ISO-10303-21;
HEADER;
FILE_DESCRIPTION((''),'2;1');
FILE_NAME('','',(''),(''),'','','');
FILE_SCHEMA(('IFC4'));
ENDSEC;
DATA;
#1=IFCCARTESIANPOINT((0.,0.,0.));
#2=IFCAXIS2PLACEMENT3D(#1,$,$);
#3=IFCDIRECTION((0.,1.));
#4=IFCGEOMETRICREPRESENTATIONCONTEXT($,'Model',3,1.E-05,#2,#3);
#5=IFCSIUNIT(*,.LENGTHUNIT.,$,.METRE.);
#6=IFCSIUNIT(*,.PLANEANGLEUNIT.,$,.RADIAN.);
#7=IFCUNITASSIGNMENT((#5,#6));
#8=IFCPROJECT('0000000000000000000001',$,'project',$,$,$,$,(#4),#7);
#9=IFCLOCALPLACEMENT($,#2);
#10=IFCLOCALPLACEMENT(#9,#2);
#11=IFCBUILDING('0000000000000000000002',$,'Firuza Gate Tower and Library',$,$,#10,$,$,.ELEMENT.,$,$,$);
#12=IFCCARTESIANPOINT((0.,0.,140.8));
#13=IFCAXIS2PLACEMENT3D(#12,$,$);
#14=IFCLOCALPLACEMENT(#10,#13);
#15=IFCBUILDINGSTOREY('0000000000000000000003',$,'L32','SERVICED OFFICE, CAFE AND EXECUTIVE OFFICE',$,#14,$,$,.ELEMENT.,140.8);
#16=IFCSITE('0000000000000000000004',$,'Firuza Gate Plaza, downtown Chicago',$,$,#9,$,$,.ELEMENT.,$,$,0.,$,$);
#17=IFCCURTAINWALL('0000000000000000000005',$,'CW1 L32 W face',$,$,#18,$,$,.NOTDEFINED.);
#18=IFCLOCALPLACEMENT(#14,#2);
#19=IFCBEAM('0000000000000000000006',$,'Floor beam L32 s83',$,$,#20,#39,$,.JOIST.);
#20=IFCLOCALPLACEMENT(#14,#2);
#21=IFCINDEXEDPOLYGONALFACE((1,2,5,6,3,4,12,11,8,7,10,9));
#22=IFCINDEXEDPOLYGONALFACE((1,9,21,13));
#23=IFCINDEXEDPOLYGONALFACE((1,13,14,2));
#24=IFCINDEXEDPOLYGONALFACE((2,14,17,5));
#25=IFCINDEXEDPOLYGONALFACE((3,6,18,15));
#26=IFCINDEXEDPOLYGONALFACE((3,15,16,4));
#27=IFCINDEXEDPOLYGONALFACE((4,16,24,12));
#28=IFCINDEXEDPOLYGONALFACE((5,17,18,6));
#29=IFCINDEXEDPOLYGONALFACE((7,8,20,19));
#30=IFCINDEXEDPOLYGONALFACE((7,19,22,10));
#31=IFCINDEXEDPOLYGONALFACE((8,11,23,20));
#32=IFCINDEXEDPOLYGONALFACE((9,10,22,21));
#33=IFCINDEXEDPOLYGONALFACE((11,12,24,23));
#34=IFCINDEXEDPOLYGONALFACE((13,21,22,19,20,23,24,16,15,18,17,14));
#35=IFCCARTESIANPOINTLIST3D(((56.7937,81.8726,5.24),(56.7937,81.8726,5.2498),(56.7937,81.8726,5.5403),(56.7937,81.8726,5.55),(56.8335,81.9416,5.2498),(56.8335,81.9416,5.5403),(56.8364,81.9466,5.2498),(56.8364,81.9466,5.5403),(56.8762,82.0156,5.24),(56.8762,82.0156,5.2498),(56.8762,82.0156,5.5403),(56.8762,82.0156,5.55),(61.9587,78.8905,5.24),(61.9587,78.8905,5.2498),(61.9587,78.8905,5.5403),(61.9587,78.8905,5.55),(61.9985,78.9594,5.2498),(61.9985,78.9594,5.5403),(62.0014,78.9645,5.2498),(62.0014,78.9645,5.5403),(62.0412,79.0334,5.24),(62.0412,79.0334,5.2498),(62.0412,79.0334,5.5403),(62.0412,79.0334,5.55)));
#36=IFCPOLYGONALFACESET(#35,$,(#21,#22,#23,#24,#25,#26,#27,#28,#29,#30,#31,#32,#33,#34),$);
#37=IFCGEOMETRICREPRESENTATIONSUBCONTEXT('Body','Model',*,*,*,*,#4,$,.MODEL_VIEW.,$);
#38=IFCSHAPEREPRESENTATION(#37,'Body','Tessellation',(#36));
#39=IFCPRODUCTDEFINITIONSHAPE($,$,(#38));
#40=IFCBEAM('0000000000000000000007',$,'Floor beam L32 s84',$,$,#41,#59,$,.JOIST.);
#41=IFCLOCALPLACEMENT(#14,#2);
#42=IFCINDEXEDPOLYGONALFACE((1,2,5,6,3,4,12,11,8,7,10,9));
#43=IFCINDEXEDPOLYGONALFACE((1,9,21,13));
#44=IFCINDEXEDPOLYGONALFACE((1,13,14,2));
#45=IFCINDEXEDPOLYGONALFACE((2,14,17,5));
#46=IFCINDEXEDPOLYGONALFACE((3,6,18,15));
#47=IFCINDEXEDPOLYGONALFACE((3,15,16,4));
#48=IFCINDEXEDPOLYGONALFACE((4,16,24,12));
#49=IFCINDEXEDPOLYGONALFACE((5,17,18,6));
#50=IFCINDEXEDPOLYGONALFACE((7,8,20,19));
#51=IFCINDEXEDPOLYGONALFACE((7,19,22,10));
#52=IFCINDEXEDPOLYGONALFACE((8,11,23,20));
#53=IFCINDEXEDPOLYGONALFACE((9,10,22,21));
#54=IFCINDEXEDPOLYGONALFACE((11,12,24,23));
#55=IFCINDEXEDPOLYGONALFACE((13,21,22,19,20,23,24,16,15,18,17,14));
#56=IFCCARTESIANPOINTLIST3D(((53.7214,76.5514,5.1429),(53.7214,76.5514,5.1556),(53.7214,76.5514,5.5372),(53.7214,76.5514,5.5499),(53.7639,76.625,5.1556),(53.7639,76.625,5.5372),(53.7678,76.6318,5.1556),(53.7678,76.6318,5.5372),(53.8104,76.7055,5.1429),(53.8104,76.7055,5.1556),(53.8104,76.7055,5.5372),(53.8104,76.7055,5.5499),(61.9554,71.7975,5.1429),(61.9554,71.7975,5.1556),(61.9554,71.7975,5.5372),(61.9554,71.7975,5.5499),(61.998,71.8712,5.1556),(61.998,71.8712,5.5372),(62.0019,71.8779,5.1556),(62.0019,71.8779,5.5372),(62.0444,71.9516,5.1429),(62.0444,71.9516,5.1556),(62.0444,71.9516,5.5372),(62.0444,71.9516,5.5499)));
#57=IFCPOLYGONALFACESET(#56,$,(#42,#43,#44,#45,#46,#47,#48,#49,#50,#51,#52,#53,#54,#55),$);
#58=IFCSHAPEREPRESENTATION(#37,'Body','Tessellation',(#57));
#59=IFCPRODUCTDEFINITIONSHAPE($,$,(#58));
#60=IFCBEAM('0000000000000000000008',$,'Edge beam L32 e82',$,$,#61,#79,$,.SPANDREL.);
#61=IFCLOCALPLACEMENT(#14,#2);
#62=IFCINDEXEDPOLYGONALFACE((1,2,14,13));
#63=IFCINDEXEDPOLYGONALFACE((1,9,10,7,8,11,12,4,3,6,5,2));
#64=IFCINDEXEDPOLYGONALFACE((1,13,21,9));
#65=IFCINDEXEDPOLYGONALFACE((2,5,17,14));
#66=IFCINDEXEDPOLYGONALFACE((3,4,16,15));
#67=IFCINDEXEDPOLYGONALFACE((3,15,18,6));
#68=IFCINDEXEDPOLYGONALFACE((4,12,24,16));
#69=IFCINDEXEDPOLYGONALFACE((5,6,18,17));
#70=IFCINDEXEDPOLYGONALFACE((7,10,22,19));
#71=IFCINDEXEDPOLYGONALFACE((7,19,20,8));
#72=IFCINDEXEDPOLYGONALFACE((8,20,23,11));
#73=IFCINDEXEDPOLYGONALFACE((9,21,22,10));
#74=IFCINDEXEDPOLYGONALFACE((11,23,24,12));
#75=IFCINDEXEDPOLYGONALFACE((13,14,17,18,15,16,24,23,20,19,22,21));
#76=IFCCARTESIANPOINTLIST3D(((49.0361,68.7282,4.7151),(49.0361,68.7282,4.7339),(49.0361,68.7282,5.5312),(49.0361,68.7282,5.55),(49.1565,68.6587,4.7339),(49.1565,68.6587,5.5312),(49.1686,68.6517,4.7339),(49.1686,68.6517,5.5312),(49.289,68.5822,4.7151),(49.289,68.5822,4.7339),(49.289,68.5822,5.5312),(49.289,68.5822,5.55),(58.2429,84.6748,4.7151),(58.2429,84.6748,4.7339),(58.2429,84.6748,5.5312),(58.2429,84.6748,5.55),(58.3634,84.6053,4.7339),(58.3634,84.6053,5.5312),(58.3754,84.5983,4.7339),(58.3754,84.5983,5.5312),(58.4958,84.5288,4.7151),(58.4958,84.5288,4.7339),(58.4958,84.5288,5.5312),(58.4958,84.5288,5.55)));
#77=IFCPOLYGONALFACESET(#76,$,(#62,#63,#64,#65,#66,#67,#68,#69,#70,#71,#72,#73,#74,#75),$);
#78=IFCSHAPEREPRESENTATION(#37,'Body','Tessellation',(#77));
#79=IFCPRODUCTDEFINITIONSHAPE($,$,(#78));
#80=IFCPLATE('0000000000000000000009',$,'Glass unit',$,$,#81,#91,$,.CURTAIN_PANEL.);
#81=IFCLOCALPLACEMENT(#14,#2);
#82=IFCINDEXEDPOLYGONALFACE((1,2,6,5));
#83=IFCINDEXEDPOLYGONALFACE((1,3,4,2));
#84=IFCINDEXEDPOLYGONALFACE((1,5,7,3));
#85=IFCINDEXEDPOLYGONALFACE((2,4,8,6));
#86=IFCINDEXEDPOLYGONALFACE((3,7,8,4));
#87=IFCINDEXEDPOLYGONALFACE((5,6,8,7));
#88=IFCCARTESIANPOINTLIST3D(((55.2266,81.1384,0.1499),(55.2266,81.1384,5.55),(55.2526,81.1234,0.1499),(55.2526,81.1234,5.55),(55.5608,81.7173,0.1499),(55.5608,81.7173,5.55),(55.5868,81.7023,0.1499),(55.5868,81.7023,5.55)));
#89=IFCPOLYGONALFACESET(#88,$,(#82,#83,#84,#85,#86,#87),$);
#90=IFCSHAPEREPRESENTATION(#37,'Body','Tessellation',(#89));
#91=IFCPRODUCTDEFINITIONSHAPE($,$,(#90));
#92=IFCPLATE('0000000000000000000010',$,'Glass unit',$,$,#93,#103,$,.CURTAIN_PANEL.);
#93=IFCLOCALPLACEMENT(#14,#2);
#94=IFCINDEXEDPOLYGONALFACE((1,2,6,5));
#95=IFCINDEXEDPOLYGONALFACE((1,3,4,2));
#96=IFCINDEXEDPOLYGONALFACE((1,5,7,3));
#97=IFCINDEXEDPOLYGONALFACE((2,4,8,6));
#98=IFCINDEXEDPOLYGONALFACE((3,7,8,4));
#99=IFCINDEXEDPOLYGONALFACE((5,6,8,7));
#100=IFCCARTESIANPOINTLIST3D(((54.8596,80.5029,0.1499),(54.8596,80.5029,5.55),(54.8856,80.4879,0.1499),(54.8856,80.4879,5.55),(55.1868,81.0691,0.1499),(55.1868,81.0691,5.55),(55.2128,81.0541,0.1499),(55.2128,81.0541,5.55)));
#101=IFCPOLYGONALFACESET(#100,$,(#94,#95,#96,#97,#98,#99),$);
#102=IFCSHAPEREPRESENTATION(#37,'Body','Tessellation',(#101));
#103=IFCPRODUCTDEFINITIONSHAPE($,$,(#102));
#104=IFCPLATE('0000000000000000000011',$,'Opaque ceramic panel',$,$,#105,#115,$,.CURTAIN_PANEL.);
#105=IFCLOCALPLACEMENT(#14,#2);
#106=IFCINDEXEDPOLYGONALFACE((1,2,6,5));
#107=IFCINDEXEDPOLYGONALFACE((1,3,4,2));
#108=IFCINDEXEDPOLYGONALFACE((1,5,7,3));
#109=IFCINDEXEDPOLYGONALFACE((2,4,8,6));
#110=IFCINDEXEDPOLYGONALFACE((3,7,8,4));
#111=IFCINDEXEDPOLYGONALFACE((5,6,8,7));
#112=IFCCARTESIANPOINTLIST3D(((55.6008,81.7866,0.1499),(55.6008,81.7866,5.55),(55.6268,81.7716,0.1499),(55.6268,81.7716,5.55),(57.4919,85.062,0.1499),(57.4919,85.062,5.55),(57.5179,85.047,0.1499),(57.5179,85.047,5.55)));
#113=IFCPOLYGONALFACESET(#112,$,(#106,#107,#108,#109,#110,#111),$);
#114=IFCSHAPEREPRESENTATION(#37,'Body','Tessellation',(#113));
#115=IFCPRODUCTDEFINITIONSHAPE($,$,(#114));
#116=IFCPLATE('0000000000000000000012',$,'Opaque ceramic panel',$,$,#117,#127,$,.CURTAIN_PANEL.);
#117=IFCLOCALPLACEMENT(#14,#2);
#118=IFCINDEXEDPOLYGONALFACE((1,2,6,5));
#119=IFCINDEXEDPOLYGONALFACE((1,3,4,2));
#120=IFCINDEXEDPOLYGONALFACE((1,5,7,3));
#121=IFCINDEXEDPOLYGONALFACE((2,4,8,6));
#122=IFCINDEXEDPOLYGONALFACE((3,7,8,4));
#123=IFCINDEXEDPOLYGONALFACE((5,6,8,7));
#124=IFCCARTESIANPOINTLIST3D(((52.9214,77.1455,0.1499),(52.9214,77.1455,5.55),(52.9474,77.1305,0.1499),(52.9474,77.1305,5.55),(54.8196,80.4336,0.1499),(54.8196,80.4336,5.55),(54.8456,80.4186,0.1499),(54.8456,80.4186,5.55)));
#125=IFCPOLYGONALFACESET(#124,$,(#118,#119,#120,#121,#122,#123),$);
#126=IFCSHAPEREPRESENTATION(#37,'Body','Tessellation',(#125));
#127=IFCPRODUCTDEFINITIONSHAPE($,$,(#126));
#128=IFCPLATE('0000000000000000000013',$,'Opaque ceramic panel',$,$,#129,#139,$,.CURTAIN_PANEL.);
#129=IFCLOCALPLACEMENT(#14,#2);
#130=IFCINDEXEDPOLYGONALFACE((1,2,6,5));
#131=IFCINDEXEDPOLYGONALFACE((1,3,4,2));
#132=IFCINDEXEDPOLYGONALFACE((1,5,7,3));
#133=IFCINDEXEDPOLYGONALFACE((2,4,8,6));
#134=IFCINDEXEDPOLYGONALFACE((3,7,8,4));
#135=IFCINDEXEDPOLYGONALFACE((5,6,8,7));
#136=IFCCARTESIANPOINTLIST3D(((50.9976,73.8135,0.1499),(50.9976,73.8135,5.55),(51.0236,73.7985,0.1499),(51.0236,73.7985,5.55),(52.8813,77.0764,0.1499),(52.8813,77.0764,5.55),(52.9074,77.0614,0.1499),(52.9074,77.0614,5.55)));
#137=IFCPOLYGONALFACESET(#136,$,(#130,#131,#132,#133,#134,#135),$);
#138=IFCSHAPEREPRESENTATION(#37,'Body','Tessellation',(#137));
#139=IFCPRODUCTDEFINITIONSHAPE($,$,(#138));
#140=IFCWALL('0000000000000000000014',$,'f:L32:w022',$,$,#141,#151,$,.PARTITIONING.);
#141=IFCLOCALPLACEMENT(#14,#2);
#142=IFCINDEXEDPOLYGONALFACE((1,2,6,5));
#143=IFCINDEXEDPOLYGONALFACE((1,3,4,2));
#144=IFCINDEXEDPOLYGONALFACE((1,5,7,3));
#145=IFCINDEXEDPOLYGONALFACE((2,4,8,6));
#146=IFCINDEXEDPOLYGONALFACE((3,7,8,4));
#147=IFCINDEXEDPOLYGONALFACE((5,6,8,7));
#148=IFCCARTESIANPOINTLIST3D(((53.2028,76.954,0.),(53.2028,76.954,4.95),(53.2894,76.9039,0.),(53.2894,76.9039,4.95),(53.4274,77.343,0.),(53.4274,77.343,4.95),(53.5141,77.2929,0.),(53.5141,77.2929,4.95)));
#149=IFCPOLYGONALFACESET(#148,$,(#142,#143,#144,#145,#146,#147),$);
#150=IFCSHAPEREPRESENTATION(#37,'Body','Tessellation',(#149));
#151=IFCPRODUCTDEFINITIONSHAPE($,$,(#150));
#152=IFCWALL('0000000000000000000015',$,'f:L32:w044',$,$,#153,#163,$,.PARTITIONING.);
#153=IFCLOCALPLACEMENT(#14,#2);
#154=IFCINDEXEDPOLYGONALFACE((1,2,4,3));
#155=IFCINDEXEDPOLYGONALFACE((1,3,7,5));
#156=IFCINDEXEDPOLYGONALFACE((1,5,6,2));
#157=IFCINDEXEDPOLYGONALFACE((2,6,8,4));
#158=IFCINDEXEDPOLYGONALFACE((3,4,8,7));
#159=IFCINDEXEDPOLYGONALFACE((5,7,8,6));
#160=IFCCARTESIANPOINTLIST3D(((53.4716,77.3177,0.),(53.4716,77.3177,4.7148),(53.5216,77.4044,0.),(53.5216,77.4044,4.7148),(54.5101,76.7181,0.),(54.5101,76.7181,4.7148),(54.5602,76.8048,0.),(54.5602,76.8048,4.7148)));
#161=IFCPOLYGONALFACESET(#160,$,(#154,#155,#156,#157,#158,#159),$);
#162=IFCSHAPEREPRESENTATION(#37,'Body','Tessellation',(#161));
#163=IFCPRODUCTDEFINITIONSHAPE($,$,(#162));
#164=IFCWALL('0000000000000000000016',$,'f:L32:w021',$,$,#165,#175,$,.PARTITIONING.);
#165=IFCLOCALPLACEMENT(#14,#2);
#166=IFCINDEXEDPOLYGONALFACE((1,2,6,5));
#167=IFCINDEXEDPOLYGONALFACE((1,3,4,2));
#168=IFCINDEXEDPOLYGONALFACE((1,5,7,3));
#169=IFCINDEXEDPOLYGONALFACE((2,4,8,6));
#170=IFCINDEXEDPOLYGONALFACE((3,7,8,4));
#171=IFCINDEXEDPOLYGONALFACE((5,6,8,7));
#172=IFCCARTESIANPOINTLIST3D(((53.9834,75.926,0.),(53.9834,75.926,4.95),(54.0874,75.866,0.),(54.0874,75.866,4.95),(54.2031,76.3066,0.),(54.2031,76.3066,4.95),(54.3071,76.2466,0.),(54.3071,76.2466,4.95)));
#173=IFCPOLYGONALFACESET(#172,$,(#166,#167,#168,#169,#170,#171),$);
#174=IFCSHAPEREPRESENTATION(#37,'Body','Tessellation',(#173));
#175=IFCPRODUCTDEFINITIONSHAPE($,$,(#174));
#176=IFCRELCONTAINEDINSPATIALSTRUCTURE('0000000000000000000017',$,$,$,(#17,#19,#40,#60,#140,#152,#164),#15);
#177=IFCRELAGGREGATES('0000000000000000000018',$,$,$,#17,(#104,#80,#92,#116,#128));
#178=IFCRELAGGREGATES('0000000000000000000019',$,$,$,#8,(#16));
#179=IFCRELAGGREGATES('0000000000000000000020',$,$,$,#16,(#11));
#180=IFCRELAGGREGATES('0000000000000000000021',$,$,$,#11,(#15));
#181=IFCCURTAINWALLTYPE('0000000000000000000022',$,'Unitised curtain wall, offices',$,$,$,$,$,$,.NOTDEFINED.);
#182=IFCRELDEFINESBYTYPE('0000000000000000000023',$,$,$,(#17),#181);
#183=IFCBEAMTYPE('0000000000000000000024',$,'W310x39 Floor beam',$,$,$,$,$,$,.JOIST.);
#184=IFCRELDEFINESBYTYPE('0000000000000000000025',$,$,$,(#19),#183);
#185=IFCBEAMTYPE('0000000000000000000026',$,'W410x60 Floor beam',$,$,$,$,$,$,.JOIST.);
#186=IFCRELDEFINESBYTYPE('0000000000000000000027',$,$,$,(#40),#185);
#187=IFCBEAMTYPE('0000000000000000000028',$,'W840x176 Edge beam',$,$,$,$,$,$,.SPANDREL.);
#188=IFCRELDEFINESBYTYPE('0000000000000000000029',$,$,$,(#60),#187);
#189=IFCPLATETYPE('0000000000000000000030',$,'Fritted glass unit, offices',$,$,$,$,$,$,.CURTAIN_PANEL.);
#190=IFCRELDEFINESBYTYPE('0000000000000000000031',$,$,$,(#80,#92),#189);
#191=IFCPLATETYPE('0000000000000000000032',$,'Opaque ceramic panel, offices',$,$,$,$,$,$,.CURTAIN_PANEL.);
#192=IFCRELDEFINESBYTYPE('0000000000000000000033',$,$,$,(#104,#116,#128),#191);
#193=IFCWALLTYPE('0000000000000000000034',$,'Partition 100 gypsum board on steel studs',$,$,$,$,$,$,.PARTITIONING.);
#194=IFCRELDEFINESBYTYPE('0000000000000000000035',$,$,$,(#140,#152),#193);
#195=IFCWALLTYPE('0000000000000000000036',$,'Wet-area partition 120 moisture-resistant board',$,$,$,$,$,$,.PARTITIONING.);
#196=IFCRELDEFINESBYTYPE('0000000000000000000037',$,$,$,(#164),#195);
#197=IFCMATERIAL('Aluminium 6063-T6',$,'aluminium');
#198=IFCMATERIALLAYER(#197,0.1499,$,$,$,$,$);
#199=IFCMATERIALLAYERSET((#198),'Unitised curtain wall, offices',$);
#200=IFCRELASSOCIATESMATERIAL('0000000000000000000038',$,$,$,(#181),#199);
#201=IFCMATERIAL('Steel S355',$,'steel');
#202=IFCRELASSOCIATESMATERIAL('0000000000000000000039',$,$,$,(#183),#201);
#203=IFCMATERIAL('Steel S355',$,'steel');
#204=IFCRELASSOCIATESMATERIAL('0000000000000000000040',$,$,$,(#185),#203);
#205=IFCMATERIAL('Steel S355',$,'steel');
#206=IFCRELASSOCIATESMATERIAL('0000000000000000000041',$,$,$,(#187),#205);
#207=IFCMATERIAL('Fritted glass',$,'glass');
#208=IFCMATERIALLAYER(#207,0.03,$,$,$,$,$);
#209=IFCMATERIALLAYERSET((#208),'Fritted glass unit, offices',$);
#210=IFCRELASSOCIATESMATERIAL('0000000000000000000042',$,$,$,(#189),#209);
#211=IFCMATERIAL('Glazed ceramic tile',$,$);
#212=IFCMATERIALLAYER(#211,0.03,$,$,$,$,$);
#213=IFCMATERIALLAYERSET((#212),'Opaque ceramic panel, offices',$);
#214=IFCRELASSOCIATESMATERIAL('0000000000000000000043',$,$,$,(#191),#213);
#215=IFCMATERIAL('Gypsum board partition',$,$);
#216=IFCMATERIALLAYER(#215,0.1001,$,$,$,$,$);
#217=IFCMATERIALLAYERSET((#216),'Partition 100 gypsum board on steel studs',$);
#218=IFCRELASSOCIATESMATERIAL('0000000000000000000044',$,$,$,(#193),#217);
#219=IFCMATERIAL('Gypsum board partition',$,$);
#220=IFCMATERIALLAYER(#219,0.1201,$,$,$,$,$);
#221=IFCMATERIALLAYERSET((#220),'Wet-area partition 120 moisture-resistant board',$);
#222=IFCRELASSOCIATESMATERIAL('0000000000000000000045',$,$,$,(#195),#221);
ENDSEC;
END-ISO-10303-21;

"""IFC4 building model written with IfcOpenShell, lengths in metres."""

from ifc_helpers import new_model, si_unit, direction, frame, frame_2d, origin, origin_2d, place, context, subcontext, project, spatial, polyline, rectangle, i_section, outline, extrude, material, layer, layer_set, material_profile, profile_set, type_object, element, aggregate, save


model = new_model("IFC4")

# Units and contexts
model_context = context("Model", 3, precision=1e-05, world=origin(), true_north=direction((0.0, 1.0)))
body_context = subcontext(model_context, "Body", "Model", "MODEL_VIEW")
ifc_project = project(units=[si_unit("LENGTHUNIT", "METRE"), si_unit("PLANEANGLEUNIT", "RADIAN")], contexts=[model_context])

# Site, building, storey
site_placement = place(None, origin())
site = spatial("IfcSite", under=ifc_project, at=site_placement, Name="Firuza Gate Plaza, downtown Chicago", CompositionType="ELEMENT", RefElevation=0.0)
building_placement = place(site_placement, origin())
building = spatial("IfcBuilding", under=site, at=building_placement, Name="Firuza Gate Tower and Library", CompositionType="ELEMENT")
storey_placement = place(building_placement, frame((0.0, 0.0, 140.8)))
storey = spatial("IfcBuildingStorey", under=building, at=storey_placement, Name="L32", Description="SERVICED OFFICE, CAFE AND EXECUTIVE OFFICE", CompositionType="ELEMENT", Elevation=140.8)

# Curtain wall
ifc_material_1 = material(Name="Aluminium 6063-T6", Category="aluminium")
ifc_layer_1 = layer(ifc_material_1, 0.1499)
ifc_layer_set_1 = layer_set([ifc_layer_1], Name="Unitised curtain wall, offices")
curtain_wall_type = type_object("IfcCurtainWallType", Name="Unitised curtain wall, offices", PredefinedType="NOTDEFINED", material=ifc_layer_set_1)
curtain_wall_placement = place(storey_placement, origin())
curtain_wall = element("IfcCurtainWall", 1, at=curtain_wall_placement, inside=storey, type_object=curtain_wall_type, Name="CW1 L32 W face", PredefinedType="NOTDEFINED")

# Beams
ifc_material_2 = material(Name="Steel S355", Category="steel")
ifc_material_profile_1 = material_profile(ifc_material_2, i_section(OverallWidth=0.165, OverallDepth=0.3101, WebThickness=0.0059, FlangeThickness=0.0098, at=origin_2d()))
ifc_profile_set_1 = profile_set([ifc_material_profile_1], Name="Steel S355")
beam_type_1 = type_object("IfcBeamType", Name="W310x39 Floor beam", PredefinedType="JOIST", material=ifc_profile_set_1)
beam_1_placement = place(storey_placement, frame((56.835, 81.9441, 5.395), z_axis=(0.866015, -0.500018, 0.0), x_axis=(0.500018, 0.866015, 0.0)))
element("IfcBeam", 2, at=beam_1_placement, inside=storey, type_object=beam_type_1, Name="Floor beam L32 s83", PredefinedType="JOIST", context=body_context, shape_type="SweptSolid", body=[
    extrude(i_section(OverallWidth=0.165, OverallDepth=0.3101, WebThickness=0.0059, FlangeThickness=0.0098, at=origin_2d()), origin(), (0.0, 0.0, 1.0), 5.9641),
])
ifc_material_3 = material(Name="Steel S355", Category="steel")
ifc_material_profile_2 = material_profile(ifc_material_3, i_section(OverallWidth=0.178, OverallDepth=0.407, WebThickness=0.0078, FlangeThickness=0.0127, at=origin_2d()))
ifc_profile_set_2 = profile_set([ifc_material_profile_2], Name="Steel S355")
beam_type_2 = type_object("IfcBeamType", Name="W410x60 Floor beam", PredefinedType="JOIST", material=ifc_profile_set_2)
beam_2_placement = place(storey_placement, frame((53.7659, 76.6284, 5.3464), z_axis=(0.866029, -0.499994, 0.0), x_axis=(0.499994, 0.866029, 0.0)))
element("IfcBeam", 3, at=beam_2_placement, inside=storey, type_object=beam_type_2, Name="Floor beam L32 s84", PredefinedType="JOIST", context=body_context, shape_type="SweptSolid", body=[
    extrude(i_section(OverallWidth=0.178, OverallDepth=0.407, WebThickness=0.0078, FlangeThickness=0.0127, at=origin_2d()), origin(), (0.0, 0.0, 1.0), 9.5078),
])
ifc_material_4 = material(Name="Steel S355", Category="steel")
ifc_material_profile_3 = material_profile(ifc_material_4, i_section(OverallWidth=0.292, OverallDepth=0.835, WebThickness=0.0139, FlangeThickness=0.0188, at=origin_2d()))
ifc_profile_set_3 = profile_set([ifc_material_profile_3], Name="Steel S355")
beam_type_3 = type_object("IfcBeamType", Name="W840x176 Edge beam", PredefinedType="SPANDREL", material=ifc_profile_set_3)
beam_3_placement = place(storey_placement, frame((58.3694, 84.6018, 5.1326), z_axis=(-0.500002, -0.866024, 0.0), x_axis=(0.866024, -0.500002, 0.0)))
element("IfcBeam", 4, at=beam_3_placement, inside=storey, type_object=beam_type_3, Name="Edge beam L32 e82", PredefinedType="SPANDREL", context=body_context, shape_type="SweptSolid", body=[
    extrude(i_section(OverallWidth=0.292, OverallDepth=0.835, WebThickness=0.0139, FlangeThickness=0.0188, at=origin_2d()), origin(), (0.0, 0.0, 1.0), 18.4136),
])

# Plates
ifc_material_5 = material(Name="Fritted glass", Category="glass")
ifc_layer_2 = layer(ifc_material_5, 0.03)
ifc_layer_set_2 = layer_set([ifc_layer_2], Name="Fritted glass unit, offices")
plate_type_1 = type_object("IfcPlateType", Name="Fritted glass unit, offices", PredefinedType="CURTAIN_PANEL", material=ifc_layer_set_2)
plate_1_placement = place(storey_placement, frame((55.5608, 81.7173, 0.1499), z_axis=(-0.866009, 0.500028, 0.0), x_axis=(-0.500028, -0.866009, 0.0)))
plate_1 = element("IfcPlate", 5, at=plate_1_placement, type_object=plate_type_1, Name="Glass unit", PredefinedType="CURTAIN_PANEL", context=body_context, shape_type="SweptSolid", body=[
    extrude(outline(polyline([(0.0, 0.0), (0.6684, 0.0), (0.6684, 5.4001), (0.0, 5.4001), (0.0, 0.0)])), origin(), (0.0, 0.0, -1.0), 0.03),
])
plate_2_placement = place(storey_placement, frame((55.1868, 81.0691, 0.1499), z_axis=(-0.865844, 0.500315, 0.0), x_axis=(-0.500315, -0.865844, 0.0)))
plate_2 = element("IfcPlate", 6, at=plate_2_placement, type_object=plate_type_1, Name="Glass unit", PredefinedType="CURTAIN_PANEL", context=body_context, shape_type="SweptSolid", body=[
    extrude(outline(polyline([(0.0, 0.0), (0.6539, 0.0), (0.6539, 5.4001), (0.0, 5.4001), (0.0, 0.0)])), origin(), (0.0, 0.0, -1.0), 0.03),
])
ifc_material_6 = material(Name="Glazed ceramic tile")
ifc_layer_3 = layer(ifc_material_6, 0.03)
ifc_layer_set_3 = layer_set([ifc_layer_3], Name="Opaque ceramic panel, offices")
plate_type_2 = type_object("IfcPlateType", Name="Opaque ceramic panel, offices", PredefinedType="CURTAIN_PANEL", material=ifc_layer_set_3)
plate_3_placement = place(storey_placement, frame((57.4919, 85.062, 0.1499), z_axis=(-0.866018, 0.500013, 0.0), x_axis=(-0.500013, -0.866018, 0.0)))
plate_3 = element("IfcPlate", 7, at=plate_3_placement, type_object=plate_type_2, Name="Opaque ceramic panel", PredefinedType="CURTAIN_PANEL", context=body_context, shape_type="SweptSolid", body=[
    extrude(outline(polyline([(0.0, 0.0), (3.7821, 0.0), (3.7821, 5.4001), (0.0, 5.4001), (0.0, 0.0)])), origin(), (0.0, 0.0, -1.0), 0.03),
])
plate_4_placement = place(storey_placement, frame((54.8196, 80.4336, 0.1499), z_axis=(-0.866046, 0.499964, 0.0), x_axis=(-0.499964, -0.866046, 0.0)))
plate_4 = element("IfcPlate", 8, at=plate_4_placement, type_object=plate_type_2, Name="Opaque ceramic panel", PredefinedType="CURTAIN_PANEL", context=body_context, shape_type="SweptSolid", body=[
    extrude(outline(polyline([(0.0, 0.0), (3.7967, 0.0), (3.7967, 5.4001), (0.0, 5.4001), (0.0, 0.0)])), origin(), (0.0, 0.0, -1.0), 0.03),
])
plate_5_placement = place(storey_placement, frame((52.8813, 77.0764, 0.1499), z_axis=(-0.866033, 0.499986, 0.0), x_axis=(-0.499986, -0.866033, 0.0)))
plate_5 = element("IfcPlate", 9, at=plate_5_placement, type_object=plate_type_2, Name="Opaque ceramic panel", PredefinedType="CURTAIN_PANEL", context=body_context, shape_type="SweptSolid", body=[
    extrude(outline(polyline([(0.0, 0.0), (3.7677, 0.0), (3.7677, 5.4001), (0.0, 5.4001), (0.0, 0.0)])), origin(), (0.0, 0.0, -1.0), 0.03),
])
aggregate(curtain_wall, [plate_3, plate_1, plate_2, plate_4, plate_5])

# Walls
ifc_material_7 = material(Name="Gypsum board partition")
ifc_layer_4 = layer(ifc_material_7, 0.1001)
ifc_layer_set_4 = layer_set([ifc_layer_4], Name="Partition 100 gypsum board on steel studs")
wall_type_1 = type_object("IfcWallType", Name="Partition 100 gypsum board on steel studs", PredefinedType="PARTITIONING", material=ifc_layer_set_4)
wall_1_placement = place(storey_placement, frame((53.2461, 76.929, 0.0), z_axis=(0.0, 0.0, 1.0), x_axis=(0.500115, 0.865959, 0.0)))
element("IfcWall", 10, at=wall_1_placement, inside=storey, type_object=wall_type_1, Name="f:L32:w022", PredefinedType="PARTITIONING", context=body_context, shape_type="SweptSolid", body=[
    extrude(rectangle(XDim=0.4492, YDim=0.1001, at=frame_2d((0.2246, 0.0))), origin(), (0.0, 0.0, 1.0), 4.95),
])
wall_2_placement = place(storey_placement, frame((54.5352, 76.7615, 0.0), z_axis=(0.0, 0.0, 1.0), x_axis=(-0.86603, 0.499993, 0.0)))
element("IfcWall", 11, at=wall_2_placement, inside=storey, type_object=wall_type_1, Name="f:L32:w044", PredefinedType="PARTITIONING", context=body_context, shape_type="SweptSolid", body=[
    extrude(rectangle(XDim=1.1992, YDim=0.1001, at=frame_2d((0.5996, 0.0))), origin(), (0.0, 0.0, 1.0), 4.7148),
])
ifc_material_8 = material(Name="Gypsum board partition")
ifc_layer_5 = layer(ifc_material_8, 0.1201)
ifc_layer_set_5 = layer_set([ifc_layer_5], Name="Wet-area partition 120 moisture-resistant board")
wall_type_2 = type_object("IfcWallType", Name="Wet-area partition 120 moisture-resistant board", PredefinedType="PARTITIONING", material=ifc_layer_set_5)
wall_3_placement = place(storey_placement, frame((54.0354, 75.896, 0.0), z_axis=(0.0, 0.0, 1.0), x_axis=(0.499963, 0.866047, 0.0)))
element("IfcWall", 12, at=wall_3_placement, inside=storey, type_object=wall_type_2, Name="f:L32:w021", PredefinedType="PARTITIONING", context=body_context, shape_type="SweptSolid", body=[
    extrude(rectangle(XDim=0.4395, YDim=0.1201, at=frame_2d((0.2197, 0.0))), origin(), (0.0, 0.0, 1.0), 4.95),
])

save(model, "model.ifc")
